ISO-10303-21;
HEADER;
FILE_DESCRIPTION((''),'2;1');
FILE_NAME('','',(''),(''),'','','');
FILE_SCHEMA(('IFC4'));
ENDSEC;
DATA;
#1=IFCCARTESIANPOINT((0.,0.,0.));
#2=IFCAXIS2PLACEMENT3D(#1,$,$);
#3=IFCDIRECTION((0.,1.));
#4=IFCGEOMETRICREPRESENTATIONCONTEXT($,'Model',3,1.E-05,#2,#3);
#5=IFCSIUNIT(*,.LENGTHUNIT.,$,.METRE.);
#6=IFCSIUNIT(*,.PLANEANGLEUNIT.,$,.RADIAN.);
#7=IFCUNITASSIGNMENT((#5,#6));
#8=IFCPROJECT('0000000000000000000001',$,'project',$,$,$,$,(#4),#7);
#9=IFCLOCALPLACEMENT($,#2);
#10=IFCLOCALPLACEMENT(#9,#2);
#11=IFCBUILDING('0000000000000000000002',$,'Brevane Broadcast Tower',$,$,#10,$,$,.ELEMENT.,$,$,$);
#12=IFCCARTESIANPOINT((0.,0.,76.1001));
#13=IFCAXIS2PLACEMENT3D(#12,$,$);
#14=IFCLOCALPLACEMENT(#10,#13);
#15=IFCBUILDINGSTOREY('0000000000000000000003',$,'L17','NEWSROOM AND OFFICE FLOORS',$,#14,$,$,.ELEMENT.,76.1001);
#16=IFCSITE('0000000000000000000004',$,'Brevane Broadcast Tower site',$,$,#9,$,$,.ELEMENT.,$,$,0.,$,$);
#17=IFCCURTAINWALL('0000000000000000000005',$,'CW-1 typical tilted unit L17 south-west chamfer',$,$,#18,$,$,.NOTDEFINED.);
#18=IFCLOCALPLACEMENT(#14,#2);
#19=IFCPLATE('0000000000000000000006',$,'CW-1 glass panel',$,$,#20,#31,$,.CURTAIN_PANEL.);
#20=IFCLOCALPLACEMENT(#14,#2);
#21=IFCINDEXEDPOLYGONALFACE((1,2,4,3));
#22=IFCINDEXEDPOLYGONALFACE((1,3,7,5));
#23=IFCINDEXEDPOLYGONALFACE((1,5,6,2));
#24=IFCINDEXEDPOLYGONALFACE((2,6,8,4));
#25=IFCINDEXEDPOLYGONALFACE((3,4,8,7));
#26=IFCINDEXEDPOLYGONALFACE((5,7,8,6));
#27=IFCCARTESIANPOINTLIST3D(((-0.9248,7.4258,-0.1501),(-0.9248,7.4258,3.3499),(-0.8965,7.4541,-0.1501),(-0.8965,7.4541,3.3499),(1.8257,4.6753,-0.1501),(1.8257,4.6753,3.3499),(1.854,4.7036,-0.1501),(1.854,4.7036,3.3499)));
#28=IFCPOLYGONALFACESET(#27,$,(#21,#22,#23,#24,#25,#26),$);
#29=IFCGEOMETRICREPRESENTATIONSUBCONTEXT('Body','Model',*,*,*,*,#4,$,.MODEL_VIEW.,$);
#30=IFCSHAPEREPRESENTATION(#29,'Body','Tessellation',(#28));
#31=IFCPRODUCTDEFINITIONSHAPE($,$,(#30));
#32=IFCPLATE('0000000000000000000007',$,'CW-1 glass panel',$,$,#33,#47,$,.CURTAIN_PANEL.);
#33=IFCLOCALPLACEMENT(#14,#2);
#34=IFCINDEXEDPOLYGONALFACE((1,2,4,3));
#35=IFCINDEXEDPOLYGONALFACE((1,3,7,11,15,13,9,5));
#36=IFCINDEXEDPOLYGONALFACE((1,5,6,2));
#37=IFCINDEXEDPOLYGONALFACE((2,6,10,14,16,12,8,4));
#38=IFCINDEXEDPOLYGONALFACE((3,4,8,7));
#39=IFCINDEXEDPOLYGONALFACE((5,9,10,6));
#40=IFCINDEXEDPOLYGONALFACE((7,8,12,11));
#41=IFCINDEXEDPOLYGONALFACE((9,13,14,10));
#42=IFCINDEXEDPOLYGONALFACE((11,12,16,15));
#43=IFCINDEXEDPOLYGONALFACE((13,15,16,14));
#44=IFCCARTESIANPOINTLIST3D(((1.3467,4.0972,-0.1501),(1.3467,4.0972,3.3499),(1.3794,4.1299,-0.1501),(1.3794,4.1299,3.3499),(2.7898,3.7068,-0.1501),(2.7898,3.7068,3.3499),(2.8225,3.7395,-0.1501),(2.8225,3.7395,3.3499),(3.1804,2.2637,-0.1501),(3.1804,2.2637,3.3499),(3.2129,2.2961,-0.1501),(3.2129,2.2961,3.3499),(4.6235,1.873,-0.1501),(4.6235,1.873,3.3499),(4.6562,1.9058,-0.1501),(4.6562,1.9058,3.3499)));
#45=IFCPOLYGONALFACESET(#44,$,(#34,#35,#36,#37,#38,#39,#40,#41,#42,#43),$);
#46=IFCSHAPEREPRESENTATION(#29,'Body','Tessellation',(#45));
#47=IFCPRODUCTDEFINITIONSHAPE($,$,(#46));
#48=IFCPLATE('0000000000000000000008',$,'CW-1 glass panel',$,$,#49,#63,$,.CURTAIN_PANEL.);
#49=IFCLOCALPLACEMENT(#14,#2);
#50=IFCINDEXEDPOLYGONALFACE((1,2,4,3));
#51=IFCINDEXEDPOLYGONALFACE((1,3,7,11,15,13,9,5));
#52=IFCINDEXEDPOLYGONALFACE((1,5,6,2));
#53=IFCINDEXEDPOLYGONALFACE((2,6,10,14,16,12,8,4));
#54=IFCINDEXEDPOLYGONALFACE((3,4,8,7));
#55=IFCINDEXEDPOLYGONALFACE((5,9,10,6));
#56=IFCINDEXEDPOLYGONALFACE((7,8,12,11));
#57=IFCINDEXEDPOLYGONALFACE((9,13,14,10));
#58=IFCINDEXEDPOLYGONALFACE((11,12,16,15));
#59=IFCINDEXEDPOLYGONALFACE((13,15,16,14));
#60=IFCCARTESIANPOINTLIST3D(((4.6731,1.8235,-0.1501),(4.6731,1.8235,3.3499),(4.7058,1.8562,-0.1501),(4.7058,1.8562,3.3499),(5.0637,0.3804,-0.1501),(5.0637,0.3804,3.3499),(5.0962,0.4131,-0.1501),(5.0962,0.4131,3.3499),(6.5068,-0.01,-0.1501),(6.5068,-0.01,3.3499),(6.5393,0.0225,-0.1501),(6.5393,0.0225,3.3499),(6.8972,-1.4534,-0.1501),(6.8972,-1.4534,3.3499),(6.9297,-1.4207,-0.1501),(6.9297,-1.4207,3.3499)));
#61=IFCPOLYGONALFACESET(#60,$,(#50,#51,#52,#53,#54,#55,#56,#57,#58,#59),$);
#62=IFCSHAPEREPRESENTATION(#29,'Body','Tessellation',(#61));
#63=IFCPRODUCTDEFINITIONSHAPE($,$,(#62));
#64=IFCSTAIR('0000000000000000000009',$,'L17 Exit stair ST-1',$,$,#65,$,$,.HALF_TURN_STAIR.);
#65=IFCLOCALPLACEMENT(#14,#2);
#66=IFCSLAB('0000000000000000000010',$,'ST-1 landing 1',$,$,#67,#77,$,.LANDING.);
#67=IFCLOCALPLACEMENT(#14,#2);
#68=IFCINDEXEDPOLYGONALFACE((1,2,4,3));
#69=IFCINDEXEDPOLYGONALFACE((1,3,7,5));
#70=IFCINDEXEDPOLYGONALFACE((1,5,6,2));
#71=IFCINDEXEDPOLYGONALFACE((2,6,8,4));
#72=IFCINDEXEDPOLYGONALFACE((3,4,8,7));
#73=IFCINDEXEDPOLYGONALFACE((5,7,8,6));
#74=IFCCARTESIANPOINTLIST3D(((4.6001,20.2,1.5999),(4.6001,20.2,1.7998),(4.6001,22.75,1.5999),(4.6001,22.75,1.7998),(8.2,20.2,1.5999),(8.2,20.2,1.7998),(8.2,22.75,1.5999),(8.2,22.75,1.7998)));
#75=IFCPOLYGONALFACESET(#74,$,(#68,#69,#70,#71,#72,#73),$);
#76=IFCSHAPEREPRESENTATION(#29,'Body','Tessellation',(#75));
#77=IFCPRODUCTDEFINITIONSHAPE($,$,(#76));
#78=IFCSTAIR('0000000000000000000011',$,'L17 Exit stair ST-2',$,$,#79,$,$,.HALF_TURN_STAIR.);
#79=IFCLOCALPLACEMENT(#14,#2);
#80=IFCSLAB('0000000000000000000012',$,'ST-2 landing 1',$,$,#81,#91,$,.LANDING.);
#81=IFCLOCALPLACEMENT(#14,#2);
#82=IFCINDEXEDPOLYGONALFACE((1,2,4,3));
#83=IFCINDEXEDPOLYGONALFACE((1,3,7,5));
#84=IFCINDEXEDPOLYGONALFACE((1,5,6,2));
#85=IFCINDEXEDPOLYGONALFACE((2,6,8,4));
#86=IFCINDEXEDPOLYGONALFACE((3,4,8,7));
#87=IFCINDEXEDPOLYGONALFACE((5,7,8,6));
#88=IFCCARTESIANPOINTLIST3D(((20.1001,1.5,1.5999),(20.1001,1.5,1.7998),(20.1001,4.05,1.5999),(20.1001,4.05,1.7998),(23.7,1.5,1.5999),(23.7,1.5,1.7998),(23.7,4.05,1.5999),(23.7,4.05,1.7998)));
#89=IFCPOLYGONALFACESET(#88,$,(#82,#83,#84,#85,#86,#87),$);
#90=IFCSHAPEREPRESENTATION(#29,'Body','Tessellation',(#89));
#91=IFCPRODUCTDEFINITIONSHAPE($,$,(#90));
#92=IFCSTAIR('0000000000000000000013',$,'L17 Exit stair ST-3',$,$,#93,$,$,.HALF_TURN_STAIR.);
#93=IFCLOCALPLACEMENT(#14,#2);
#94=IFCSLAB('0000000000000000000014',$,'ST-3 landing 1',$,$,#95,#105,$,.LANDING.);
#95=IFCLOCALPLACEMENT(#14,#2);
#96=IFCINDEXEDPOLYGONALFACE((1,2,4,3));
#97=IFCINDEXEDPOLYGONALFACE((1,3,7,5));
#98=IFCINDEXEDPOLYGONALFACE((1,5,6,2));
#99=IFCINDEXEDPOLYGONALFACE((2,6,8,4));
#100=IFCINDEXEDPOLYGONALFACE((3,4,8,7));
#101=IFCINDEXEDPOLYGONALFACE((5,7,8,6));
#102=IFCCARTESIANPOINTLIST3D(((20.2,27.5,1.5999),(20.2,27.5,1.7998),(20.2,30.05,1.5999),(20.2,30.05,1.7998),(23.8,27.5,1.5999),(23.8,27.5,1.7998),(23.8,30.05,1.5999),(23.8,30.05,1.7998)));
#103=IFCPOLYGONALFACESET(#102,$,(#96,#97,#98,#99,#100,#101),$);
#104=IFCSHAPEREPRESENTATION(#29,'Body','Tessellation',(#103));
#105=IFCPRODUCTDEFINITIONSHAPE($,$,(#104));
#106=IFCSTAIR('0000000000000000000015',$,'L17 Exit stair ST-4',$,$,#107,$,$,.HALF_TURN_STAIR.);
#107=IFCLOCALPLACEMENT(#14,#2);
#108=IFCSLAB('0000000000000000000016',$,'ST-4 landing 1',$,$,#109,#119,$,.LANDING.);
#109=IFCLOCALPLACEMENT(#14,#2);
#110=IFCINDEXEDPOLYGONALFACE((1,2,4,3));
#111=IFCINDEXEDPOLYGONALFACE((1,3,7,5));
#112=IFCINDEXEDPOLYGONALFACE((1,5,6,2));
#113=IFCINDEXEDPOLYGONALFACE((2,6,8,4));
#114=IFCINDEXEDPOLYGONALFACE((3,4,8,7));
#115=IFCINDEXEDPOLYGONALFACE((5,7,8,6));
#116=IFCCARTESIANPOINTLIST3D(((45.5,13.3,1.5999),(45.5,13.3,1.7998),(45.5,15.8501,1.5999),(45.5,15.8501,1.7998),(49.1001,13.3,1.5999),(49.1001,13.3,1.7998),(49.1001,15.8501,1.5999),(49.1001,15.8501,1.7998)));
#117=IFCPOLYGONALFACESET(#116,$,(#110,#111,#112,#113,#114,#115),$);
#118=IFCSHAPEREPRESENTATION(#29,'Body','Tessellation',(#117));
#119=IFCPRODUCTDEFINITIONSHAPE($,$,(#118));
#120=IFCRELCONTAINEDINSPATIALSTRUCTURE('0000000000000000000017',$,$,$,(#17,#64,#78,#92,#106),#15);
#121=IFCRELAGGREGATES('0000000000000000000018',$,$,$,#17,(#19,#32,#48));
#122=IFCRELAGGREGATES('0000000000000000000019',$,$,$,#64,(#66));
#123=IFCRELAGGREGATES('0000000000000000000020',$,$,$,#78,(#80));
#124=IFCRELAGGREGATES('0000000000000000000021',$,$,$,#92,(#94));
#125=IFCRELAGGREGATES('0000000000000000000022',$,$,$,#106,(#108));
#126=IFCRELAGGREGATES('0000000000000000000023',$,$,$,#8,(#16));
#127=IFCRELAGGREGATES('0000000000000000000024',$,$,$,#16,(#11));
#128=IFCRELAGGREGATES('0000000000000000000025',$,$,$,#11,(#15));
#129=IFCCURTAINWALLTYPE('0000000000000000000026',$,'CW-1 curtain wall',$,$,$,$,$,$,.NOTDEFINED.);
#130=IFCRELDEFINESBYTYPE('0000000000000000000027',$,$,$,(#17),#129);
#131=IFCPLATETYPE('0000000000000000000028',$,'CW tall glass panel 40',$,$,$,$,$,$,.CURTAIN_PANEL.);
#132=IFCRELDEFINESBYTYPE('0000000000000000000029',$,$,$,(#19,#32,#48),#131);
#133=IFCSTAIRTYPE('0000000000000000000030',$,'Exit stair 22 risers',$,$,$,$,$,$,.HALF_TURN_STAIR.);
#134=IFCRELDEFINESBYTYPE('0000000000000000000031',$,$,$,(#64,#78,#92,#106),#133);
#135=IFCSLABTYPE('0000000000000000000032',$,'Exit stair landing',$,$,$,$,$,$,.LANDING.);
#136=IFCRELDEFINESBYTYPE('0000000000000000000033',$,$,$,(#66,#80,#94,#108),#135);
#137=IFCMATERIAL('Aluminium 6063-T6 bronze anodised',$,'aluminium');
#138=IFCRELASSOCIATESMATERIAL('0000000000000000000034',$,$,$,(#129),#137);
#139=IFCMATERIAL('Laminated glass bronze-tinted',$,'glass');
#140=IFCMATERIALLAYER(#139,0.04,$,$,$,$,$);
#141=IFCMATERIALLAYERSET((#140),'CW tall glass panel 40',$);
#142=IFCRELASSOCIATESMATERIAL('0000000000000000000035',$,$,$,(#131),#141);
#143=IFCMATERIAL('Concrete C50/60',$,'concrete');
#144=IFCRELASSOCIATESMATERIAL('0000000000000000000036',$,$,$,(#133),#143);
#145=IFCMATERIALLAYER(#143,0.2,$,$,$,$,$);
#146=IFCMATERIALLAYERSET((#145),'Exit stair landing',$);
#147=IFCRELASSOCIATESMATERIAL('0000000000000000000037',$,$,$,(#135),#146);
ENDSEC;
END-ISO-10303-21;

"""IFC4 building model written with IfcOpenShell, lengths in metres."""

from ifc_helpers import new_model, si_unit, direction, frame, origin, place, context, subcontext, project, spatial, polyline, outline, extrude, material, layer, layer_set, type_object, element, aggregate, save


model = new_model("IFC4")

# Units and contexts
model_context = context("Model", 3, precision=1e-05, world=origin(), true_north=direction((0.0, 1.0)))
body_context = subcontext(model_context, "Body", "Model", "MODEL_VIEW")
ifc_project = project(units=[si_unit("LENGTHUNIT", "METRE"), si_unit("PLANEANGLEUNIT", "RADIAN")], contexts=[model_context])

# Site, building, storey
site_placement = place(None, origin())
site = spatial("IfcSite", under=ifc_project, at=site_placement, Name="Brevane Broadcast Tower site", CompositionType="ELEMENT", RefElevation=0.0)
building_placement = place(site_placement, origin())
building = spatial("IfcBuilding", under=site, at=building_placement, Name="Brevane Broadcast Tower", CompositionType="ELEMENT")
storey_placement = place(building_placement, frame((0.0, 0.0, 76.1001)))
storey = spatial("IfcBuildingStorey", under=building, at=storey_placement, Name="L17", Description="NEWSROOM AND OFFICE FLOORS", CompositionType="ELEMENT", Elevation=76.1001)

# Curtain wall
ifc_material_1 = material(Name="Aluminium 6063-T6 bronze anodised", Category="aluminium")
curtain_wall_type = type_object("IfcCurtainWallType", Name="CW-1 curtain wall", PredefinedType="NOTDEFINED", material=ifc_material_1)
curtain_wall_1_placement = place(storey_placement, origin())
curtain_wall_1 = element("IfcCurtainWall", 1, at=curtain_wall_1_placement, inside=storey, type_object=curtain_wall_type, Name="CW-1 typical tilted unit L17 south-west chamfer", PredefinedType="NOTDEFINED")

# Shared definitions
ifc_material_2 = material(Name="Laminated glass bronze-tinted", Category="glass")
ifc_layer_1 = layer(ifc_material_2, 0.04)
ifc_layer_set_1 = layer_set([ifc_layer_1], Name="CW tall glass panel 40")
plate_type = type_object("IfcPlateType", Name="CW tall glass panel 40", PredefinedType="CURTAIN_PANEL", material=ifc_layer_set_1)

# Plates
plate_1_placement = place(storey_placement, frame((0.0, 0.0, -0.1501)))
plate_1 = element("IfcPlate", 2, at=plate_1_placement, type_object=plate_type, Name="CW-1 glass panel", PredefinedType="CURTAIN_PANEL", context=body_context, shape_type="SweptSolid", body=[
    extrude(outline(polyline([(-0.8965, 7.4541), (1.854, 4.7036), (1.8257, 4.6753), (-0.9248, 7.4258), (-0.8965, 7.4541)])), origin(), (0.0, 0.0, 1.0), 3.5),
])
plate_2_placement = place(storey_placement, frame((0.0, 0.0, -0.1501)))
plate_2 = element("IfcPlate", 3, at=plate_2_placement, type_object=plate_type, Name="CW-1 glass panel", PredefinedType="CURTAIN_PANEL", context=body_context, shape_type="SweptSolid", body=[
    extrude(outline(polyline([(1.3794, 4.1299), (1.3467, 4.0972), (2.7898, 3.7068), (3.1804, 2.2637), (4.6235, 1.873), (4.6562, 1.9058), (3.2129, 2.2961), (2.8225, 3.7395), (1.3794, 4.1299)])), origin(), (0.0, 0.0, 1.0), 3.5),
])
plate_3_placement = place(storey_placement, frame((0.0, 0.0, -0.1501)))
plate_3 = element("IfcPlate", 4, at=plate_3_placement, type_object=plate_type, Name="CW-1 glass panel", PredefinedType="CURTAIN_PANEL", context=body_context, shape_type="SweptSolid", body=[
    extrude(outline(polyline([(4.7058, 1.8562), (4.6731, 1.8235), (5.0637, 0.3804), (6.5068, -0.01), (6.8972, -1.4534), (6.9297, -1.4207), (6.5393, 0.0225), (5.0962, 0.4131), (4.7058, 1.8562)])), origin(), (0.0, 0.0, 1.0), 3.5),
])
aggregate(curtain_wall_1, [plate_1, plate_2, plate_3])

# Stairs, slabs
ifc_material_3 = material(Name="Concrete C50/60", Category="concrete")
stair_type = type_object("IfcStairType", Name="Exit stair 22 risers", PredefinedType="HALF_TURN_STAIR", material=ifc_material_3)
stair_1_placement = place(storey_placement, origin())
stair_1 = element("IfcStair", 5, at=stair_1_placement, inside=storey, type_object=stair_type, Name="L17 Exit stair ST-1", PredefinedType="HALF_TURN_STAIR")
ifc_layer_2 = layer(ifc_material_3, 0.2)
ifc_layer_set_2 = layer_set([ifc_layer_2], Name="Exit stair landing")
slab_type_1 = type_object("IfcSlabType", Name="Exit stair landing", PredefinedType="LANDING", material=ifc_layer_set_2)
slab_1_placement = place(storey_placement, frame((0.0, 0.0, 1.5999)))
slab_1 = element("IfcSlab", 6, at=slab_1_placement, type_object=slab_type_1, Name="ST-1 landing 1", PredefinedType="LANDING", context=body_context, shape_type="SweptSolid", body=[
    extrude(outline(polyline([(4.6001, 20.2), (8.2, 20.2), (8.2, 22.75), (4.6001, 22.75), (4.6001, 20.2)])), origin(), (0.0, 0.0, 1.0), 0.2),
])
aggregate(stair_1, [slab_1])
stair_2_placement = place(storey_placement, origin())
stair_2 = element("IfcStair", 7, at=stair_2_placement, inside=storey, type_object=stair_type, Name="L17 Exit stair ST-2", PredefinedType="HALF_TURN_STAIR")
slab_2_placement = place(storey_placement, frame((0.0, 0.0, 1.5999)))
slab_2 = element("IfcSlab", 8, at=slab_2_placement, type_object=slab_type_1, Name="ST-2 landing 1", PredefinedType="LANDING", context=body_context, shape_type="SweptSolid", body=[
    extrude(outline(polyline([(20.1001, 1.5), (23.7, 1.5), (23.7, 4.05), (20.1001, 4.05), (20.1001, 1.5)])), origin(), (0.0, 0.0, 1.0), 0.2),
])
aggregate(stair_2, [slab_2])
stair_3_placement = place(storey_placement, origin())
stair_3 = element("IfcStair", 9, at=stair_3_placement, inside=storey, type_object=stair_type, Name="L17 Exit stair ST-3", PredefinedType="HALF_TURN_STAIR")
slab_3_placement = place(storey_placement, frame((0.0, 0.0, 1.5999)))
slab_3 = element("IfcSlab", 10, at=slab_3_placement, type_object=slab_type_1, Name="ST-3 landing 1", PredefinedType="LANDING", context=body_context, shape_type="SweptSolid", body=[
    extrude(outline(polyline([(20.2, 27.5), (23.8, 27.5), (23.8, 30.05), (20.2, 30.05), (20.2, 27.5)])), origin(), (0.0, 0.0, 1.0), 0.2),
])
aggregate(stair_3, [slab_3])
stair_4_placement = place(storey_placement, origin())
stair_4 = element("IfcStair", 11, at=stair_4_placement, inside=storey, type_object=stair_type, Name="L17 Exit stair ST-4", PredefinedType="HALF_TURN_STAIR")
slab_4_placement = place(storey_placement, frame((0.0, 0.0, 1.5999)))
slab_4 = element("IfcSlab", 12, at=slab_4_placement, type_object=slab_type_1, Name="ST-4 landing 1", PredefinedType="LANDING", context=body_context, shape_type="SweptSolid", body=[
    extrude(outline(polyline([(45.5, 13.3), (49.1001, 13.3), (49.1001, 15.8501), (45.5, 15.8501), (45.5, 13.3)])), origin(), (0.0, 0.0, 1.0), 0.2),
])
aggregate(stair_4, [slab_4])

save(model, "model.ifc")
